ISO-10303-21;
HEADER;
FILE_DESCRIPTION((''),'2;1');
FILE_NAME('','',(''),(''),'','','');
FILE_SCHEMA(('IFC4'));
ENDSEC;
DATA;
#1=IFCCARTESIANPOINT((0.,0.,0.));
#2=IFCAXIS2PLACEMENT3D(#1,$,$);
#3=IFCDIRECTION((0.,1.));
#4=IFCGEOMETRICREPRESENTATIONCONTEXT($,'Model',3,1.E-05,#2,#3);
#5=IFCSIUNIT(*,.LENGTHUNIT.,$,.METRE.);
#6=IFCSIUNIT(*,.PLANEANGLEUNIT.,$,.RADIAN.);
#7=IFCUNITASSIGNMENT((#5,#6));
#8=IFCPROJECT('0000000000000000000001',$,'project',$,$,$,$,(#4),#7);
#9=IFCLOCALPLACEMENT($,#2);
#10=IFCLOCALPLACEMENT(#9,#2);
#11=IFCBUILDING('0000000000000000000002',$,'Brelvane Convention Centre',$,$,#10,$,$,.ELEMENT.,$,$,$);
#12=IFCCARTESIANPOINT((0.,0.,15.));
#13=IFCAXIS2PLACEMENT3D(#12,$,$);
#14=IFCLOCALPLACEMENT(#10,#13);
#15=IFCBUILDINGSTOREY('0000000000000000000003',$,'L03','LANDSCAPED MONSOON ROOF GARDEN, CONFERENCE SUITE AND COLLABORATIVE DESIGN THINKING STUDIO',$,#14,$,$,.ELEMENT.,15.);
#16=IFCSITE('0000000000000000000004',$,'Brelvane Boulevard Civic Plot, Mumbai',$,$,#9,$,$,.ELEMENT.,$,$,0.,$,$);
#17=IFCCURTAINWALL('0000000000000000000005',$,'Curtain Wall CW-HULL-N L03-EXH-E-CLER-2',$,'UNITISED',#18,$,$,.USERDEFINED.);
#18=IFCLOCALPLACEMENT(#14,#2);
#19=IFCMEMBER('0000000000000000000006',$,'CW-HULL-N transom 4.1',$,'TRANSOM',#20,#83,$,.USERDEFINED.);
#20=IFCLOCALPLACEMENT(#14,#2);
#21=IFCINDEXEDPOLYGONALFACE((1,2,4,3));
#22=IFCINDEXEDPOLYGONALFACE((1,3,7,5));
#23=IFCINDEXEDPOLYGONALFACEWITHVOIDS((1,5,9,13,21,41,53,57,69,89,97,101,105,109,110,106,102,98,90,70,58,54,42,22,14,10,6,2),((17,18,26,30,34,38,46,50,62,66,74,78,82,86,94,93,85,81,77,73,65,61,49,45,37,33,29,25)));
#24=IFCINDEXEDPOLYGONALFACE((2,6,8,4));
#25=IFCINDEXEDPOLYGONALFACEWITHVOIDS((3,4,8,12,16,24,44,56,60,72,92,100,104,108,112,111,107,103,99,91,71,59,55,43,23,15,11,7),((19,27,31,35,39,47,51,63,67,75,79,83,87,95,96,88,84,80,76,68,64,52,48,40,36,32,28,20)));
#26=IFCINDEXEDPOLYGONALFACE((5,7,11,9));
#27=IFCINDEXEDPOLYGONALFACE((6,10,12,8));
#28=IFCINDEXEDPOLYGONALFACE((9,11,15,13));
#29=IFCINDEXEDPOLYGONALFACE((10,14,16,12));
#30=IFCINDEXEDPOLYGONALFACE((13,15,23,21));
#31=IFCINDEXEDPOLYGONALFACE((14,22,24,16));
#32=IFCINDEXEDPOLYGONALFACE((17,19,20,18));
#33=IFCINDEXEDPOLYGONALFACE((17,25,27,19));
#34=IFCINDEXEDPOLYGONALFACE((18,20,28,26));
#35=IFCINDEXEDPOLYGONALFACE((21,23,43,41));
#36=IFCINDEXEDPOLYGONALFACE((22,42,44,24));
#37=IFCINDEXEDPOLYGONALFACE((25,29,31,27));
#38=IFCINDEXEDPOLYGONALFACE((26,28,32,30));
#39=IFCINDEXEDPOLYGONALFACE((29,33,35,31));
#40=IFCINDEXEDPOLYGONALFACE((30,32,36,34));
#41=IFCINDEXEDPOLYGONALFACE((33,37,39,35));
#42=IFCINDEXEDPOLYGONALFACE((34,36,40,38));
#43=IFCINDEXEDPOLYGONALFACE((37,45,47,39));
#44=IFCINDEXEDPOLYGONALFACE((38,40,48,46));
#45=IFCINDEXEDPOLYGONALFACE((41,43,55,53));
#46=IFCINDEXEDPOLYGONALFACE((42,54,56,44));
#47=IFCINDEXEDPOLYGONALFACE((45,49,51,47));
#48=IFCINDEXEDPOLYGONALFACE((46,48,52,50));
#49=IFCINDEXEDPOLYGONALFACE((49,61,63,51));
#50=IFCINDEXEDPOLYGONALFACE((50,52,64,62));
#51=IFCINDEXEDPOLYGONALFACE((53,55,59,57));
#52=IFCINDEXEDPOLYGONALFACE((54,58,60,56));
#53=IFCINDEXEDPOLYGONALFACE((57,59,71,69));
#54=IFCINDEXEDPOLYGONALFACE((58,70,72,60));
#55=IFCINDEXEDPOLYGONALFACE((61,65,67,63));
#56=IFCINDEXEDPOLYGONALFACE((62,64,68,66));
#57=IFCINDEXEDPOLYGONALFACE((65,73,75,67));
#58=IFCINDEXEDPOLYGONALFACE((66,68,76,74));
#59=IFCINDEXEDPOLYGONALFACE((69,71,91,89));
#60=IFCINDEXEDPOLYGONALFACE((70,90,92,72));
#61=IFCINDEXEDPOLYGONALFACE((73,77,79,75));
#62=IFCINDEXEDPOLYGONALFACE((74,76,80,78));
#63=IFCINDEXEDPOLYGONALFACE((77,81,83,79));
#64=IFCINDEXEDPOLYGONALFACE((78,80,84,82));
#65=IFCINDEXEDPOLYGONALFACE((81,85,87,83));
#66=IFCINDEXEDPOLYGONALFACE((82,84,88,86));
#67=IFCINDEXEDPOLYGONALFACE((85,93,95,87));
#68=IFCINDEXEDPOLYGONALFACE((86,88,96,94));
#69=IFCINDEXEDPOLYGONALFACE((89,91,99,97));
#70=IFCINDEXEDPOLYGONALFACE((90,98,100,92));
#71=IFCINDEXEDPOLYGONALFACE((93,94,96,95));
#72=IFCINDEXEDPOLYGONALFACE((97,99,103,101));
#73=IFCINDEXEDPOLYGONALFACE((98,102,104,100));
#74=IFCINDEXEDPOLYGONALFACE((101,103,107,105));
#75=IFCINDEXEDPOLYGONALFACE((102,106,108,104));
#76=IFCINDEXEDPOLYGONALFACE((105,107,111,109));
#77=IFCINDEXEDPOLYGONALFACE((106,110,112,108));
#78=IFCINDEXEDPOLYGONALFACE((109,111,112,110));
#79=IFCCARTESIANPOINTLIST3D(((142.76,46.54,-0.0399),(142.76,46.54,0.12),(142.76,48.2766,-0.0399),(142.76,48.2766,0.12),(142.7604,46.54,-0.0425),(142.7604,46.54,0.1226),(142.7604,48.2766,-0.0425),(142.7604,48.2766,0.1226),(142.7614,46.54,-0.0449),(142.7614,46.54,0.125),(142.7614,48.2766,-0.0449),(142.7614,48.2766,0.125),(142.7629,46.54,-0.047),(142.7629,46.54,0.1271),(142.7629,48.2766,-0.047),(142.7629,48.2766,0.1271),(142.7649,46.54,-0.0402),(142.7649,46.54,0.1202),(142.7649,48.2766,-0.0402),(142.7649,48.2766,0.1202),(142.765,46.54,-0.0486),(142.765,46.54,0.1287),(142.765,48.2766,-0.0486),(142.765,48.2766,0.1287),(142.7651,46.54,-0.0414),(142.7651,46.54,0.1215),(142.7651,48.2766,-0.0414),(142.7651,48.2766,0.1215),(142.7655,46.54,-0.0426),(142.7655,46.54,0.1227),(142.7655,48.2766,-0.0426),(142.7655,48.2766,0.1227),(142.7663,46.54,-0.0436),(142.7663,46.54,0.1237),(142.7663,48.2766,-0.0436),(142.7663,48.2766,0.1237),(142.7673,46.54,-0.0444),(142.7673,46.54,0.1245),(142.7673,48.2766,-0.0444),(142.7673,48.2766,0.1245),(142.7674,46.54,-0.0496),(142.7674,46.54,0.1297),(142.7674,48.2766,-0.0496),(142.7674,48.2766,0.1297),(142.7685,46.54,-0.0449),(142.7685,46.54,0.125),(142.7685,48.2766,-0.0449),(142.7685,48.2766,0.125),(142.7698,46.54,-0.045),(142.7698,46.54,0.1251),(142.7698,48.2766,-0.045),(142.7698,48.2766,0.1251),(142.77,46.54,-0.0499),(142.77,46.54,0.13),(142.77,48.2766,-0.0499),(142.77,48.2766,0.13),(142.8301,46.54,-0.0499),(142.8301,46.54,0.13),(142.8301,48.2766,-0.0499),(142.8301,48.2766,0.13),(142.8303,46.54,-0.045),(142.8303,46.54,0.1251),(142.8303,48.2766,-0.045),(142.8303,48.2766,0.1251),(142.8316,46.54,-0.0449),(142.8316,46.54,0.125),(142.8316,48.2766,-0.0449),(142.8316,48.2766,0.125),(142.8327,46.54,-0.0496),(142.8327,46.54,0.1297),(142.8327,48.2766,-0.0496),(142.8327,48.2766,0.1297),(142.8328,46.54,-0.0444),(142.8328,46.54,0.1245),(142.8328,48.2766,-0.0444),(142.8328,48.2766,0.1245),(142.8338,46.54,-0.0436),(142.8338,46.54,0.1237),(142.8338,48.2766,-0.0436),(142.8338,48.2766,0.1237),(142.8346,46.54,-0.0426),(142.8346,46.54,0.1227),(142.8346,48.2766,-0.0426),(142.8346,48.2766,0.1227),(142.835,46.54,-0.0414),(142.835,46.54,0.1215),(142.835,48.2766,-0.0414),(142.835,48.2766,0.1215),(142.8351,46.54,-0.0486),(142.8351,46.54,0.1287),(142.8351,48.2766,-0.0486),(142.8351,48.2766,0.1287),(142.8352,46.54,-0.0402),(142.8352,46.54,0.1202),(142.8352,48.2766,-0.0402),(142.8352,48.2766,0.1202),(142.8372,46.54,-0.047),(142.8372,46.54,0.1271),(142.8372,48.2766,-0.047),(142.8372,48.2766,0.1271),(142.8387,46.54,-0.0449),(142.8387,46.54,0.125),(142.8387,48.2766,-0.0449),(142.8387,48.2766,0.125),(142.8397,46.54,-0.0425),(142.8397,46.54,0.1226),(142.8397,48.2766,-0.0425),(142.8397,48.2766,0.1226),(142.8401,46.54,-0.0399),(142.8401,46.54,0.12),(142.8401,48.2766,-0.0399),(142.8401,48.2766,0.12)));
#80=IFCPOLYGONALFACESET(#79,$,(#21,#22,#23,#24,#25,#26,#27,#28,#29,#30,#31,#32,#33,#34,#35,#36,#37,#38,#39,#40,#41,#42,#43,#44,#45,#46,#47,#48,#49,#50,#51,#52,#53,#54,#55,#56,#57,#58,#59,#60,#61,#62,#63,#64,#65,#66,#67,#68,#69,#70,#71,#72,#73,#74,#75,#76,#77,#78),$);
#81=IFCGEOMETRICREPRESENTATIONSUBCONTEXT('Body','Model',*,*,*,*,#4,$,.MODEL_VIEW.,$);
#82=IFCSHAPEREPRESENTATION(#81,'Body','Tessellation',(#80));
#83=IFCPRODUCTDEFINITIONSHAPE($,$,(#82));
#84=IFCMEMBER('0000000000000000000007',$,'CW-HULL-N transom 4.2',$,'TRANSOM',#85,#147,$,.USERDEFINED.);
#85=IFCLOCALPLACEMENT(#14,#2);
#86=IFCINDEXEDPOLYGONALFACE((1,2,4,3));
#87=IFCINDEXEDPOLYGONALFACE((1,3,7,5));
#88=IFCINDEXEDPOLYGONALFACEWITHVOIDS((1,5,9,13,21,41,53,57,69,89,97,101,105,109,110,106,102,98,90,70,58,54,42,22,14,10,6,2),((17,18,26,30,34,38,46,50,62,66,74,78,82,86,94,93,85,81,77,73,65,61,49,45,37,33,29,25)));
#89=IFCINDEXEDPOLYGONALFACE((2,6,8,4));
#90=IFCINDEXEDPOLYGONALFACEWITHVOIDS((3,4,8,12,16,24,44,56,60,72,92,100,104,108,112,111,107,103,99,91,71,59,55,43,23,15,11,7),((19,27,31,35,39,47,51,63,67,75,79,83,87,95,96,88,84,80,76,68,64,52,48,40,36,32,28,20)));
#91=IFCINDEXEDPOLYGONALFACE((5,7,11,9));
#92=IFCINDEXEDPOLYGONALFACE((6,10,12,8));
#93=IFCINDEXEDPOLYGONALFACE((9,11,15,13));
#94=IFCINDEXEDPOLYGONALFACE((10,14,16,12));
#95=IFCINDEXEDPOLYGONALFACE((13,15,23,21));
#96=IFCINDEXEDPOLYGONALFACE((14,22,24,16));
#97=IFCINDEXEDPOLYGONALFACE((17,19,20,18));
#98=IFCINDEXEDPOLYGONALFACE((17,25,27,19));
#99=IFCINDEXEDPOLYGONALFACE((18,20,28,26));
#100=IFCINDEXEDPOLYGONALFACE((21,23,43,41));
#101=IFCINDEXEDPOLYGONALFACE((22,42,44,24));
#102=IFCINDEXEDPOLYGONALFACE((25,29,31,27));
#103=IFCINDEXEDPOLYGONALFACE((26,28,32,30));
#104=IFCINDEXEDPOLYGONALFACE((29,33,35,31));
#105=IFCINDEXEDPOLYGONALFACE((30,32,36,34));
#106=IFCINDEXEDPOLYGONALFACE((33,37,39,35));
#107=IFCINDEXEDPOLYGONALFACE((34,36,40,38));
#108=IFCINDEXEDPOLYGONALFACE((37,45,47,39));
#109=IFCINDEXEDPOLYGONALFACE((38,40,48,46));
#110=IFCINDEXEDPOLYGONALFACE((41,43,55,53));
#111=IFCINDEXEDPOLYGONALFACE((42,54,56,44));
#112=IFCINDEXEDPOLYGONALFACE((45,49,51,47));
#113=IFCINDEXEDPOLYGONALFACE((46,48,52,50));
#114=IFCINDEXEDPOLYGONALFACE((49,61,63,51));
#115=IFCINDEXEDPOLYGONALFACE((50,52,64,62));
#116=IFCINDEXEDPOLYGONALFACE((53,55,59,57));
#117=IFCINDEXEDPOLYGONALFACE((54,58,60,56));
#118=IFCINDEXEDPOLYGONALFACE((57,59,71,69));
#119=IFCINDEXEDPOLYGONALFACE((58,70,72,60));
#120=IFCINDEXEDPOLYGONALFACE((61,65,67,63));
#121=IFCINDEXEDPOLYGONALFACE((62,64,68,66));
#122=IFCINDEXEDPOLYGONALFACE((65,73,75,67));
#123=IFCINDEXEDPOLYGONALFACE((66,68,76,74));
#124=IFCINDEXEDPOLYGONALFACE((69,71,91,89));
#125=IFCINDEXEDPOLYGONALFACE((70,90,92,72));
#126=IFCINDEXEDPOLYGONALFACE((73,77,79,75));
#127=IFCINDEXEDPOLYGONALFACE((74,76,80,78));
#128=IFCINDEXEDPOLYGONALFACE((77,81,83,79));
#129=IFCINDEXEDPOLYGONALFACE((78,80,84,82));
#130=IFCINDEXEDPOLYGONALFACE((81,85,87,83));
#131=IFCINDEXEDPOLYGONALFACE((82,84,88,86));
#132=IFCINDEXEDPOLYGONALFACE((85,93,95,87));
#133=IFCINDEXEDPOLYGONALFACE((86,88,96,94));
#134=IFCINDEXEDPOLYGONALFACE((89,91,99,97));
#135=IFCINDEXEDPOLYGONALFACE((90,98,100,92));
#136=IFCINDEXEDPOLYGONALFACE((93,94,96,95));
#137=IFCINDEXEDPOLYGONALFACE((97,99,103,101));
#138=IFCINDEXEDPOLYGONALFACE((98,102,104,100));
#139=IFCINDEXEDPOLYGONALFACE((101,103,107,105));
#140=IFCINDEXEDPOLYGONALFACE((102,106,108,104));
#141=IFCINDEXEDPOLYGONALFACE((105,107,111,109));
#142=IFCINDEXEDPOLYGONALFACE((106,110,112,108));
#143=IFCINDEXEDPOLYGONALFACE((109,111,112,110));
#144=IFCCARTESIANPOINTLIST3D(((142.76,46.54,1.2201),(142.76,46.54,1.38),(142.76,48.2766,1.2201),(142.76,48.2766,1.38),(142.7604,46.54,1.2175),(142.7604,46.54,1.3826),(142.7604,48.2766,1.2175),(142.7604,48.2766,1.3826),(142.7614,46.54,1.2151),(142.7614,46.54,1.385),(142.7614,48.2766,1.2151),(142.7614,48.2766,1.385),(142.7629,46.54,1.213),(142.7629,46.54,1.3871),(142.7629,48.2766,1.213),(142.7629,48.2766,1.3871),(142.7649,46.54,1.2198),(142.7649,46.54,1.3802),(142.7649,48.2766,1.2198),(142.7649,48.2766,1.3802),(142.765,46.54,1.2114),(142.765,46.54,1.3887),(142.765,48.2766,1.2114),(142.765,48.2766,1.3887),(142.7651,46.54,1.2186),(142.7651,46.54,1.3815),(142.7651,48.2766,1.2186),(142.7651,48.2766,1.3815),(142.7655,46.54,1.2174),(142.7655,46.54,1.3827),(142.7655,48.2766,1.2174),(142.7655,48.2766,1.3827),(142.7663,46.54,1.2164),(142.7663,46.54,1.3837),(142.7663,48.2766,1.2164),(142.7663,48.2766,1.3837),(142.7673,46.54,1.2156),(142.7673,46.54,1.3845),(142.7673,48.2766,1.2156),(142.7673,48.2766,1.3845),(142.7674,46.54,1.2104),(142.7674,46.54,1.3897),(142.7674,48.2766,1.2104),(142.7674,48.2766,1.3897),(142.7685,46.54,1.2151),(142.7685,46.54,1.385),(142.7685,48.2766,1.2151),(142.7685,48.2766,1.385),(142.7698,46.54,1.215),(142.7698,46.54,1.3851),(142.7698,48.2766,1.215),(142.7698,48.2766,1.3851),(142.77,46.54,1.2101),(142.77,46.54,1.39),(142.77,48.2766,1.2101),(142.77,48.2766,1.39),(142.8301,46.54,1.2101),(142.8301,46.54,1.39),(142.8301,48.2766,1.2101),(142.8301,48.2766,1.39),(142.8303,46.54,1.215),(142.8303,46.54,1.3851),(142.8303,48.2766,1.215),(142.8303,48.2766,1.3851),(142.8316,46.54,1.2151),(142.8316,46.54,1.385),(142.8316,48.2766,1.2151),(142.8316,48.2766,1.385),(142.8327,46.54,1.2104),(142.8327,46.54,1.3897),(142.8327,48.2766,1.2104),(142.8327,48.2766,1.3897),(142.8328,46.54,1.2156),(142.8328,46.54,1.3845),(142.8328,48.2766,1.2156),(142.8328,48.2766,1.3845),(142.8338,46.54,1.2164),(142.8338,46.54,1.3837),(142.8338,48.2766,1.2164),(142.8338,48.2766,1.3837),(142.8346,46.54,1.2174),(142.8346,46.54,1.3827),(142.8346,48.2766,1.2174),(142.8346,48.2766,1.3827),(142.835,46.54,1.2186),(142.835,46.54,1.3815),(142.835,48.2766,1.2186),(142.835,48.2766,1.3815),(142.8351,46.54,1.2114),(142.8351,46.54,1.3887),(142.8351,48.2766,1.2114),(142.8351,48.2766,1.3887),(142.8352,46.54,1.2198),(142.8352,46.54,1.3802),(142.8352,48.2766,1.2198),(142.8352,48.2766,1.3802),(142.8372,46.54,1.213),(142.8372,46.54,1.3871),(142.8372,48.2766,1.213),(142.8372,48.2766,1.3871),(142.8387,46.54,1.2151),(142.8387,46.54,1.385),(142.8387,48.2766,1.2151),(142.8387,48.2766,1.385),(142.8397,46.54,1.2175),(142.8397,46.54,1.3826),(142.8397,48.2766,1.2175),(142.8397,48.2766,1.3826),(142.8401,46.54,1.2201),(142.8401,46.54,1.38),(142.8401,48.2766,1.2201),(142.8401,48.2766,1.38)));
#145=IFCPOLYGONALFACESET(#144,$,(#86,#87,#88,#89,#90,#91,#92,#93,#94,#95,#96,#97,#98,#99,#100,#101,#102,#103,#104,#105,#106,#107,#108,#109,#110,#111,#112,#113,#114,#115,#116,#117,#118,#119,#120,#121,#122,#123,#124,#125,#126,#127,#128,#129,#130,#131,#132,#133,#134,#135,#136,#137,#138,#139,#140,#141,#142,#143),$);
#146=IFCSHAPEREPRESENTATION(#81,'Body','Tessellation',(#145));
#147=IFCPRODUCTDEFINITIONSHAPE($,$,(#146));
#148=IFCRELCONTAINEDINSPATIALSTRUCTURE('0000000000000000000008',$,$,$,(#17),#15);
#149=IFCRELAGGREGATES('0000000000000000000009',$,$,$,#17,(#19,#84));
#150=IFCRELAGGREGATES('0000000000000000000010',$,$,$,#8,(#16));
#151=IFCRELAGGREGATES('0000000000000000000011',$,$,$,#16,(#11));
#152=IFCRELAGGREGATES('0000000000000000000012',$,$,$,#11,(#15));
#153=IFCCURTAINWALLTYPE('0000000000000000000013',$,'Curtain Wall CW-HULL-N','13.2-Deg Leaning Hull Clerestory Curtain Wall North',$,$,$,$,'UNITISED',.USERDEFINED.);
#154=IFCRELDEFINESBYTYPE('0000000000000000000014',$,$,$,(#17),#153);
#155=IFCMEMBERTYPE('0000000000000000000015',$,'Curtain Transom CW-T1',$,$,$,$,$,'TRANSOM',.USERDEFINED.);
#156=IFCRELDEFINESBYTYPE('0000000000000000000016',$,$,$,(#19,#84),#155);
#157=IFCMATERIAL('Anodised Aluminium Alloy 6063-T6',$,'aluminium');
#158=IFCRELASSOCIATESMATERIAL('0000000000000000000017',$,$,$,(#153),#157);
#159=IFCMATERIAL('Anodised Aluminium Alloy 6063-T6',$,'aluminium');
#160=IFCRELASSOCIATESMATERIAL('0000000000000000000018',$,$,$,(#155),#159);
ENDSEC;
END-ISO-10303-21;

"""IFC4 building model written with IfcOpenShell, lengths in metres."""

from ifc_helpers import new_model, si_unit, direction, frame, origin, origin_2d, place, context, subcontext, project, spatial, hollow_rectangle, extrude, material, material_profile, profile_set, type_object, element, aggregate, save


model = new_model("IFC4")

# Units and contexts
model_context = context("Model", 3, precision=1e-05, world=origin(), true_north=direction((0.0, 1.0)))
body_context = subcontext(model_context, "Body", "Model", "MODEL_VIEW")
ifc_project = project(units=[si_unit("LENGTHUNIT", "METRE"), si_unit("PLANEANGLEUNIT", "RADIAN")], contexts=[model_context])

# Site, building, storey
site_placement = place(None, origin())
site = spatial("IfcSite", under=ifc_project, at=site_placement, Name="Brelvane Boulevard Civic Plot, Mumbai", CompositionType="ELEMENT", RefElevation=0.0)
building_placement = place(site_placement, origin())
building = spatial("IfcBuilding", under=site, at=building_placement, Name="Brelvane Convention Centre", CompositionType="ELEMENT")
storey_placement = place(building_placement, frame((0.0, 0.0, 15.0)))
storey = spatial("IfcBuildingStorey", under=building, at=storey_placement, Name="L03", Description="LANDSCAPED MONSOON ROOF GARDEN, CONFERENCE SUITE AND COLLABORATIVE DESIGN THINKING STUDIO", CompositionType="ELEMENT", Elevation=15.0)

# Curtain wall, members
ifc_material_1 = material(Name="Anodised Aluminium Alloy 6063-T6", Category="aluminium")
curtain_wall_type = type_object("IfcCurtainWallType", Name="Curtain Wall CW-HULL-N", Description="13.2-Deg Leaning Hull Clerestory Curtain Wall North", ElementType="UNITISED", PredefinedType="USERDEFINED", material=ifc_material_1)
curtain_wall_placement = place(storey_placement, origin())
curtain_wall = element("IfcCurtainWall", 1, at=curtain_wall_placement, inside=storey, type_object=curtain_wall_type, Name="Curtain Wall CW-HULL-N L03-EXH-E-CLER-2", ObjectType="UNITISED", PredefinedType="USERDEFINED")
ifc_material_2 = material(Name="Anodised Aluminium Alloy 6063-T6", Category="aluminium")
ifc_material_profile_1 = material_profile(ifc_material_2, hollow_rectangle(XDim=0.0801, YDim=0.1799, WallThickness=0.0049, InnerFilletRadius=0.0049, OuterFilletRadius=0.01, at=origin_2d()), Name="ALU-T 180x80x5.0")
ifc_profile_set_1 = profile_set([ifc_material_profile_1], Name="Anodised Aluminium Alloy 6063-T6")
member_type_1 = type_object("IfcMemberType", Name="Curtain Transom CW-T1", ElementType="TRANSOM", PredefinedType="USERDEFINED", material=ifc_profile_set_1)
member_1_placement = place(storey_placement, frame((142.8, 46.54, 0.04), z_axis=(0.0, 1.0, 0.0), x_axis=(-1.0, 0.0, 0.0)))
member_1 = element("IfcMember", 2, at=member_1_placement, type_object=member_type_1, Name="CW-HULL-N transom 4.1", ObjectType="TRANSOM", PredefinedType="USERDEFINED", context=body_context, shape_type="SweptSolid", body=[
    extrude(hollow_rectangle(XDim=0.0801, YDim=0.1799, WallThickness=0.0049, InnerFilletRadius=0.0049, OuterFilletRadius=0.01, at=origin_2d()), origin(), (0.0, 0.0, 1.0), 1.7366),
])
member_2_placement = place(storey_placement, frame((142.8, 46.54, 1.3), z_axis=(0.0, 1.0, 0.0), x_axis=(-1.0, 0.0, 0.0)))
member_2 = element("IfcMember", 3, at=member_2_placement, type_object=member_type_1, Name="CW-HULL-N transom 4.2", ObjectType="TRANSOM", PredefinedType="USERDEFINED", context=body_context, shape_type="SweptSolid", body=[
    extrude(hollow_rectangle(XDim=0.0801, YDim=0.1799, WallThickness=0.0049, InnerFilletRadius=0.0049, OuterFilletRadius=0.01, at=origin_2d()), origin(), (0.0, 0.0, 1.0), 1.7366),
])
aggregate(curtain_wall, [member_1, member_2])

save(model, "model.ifc")
